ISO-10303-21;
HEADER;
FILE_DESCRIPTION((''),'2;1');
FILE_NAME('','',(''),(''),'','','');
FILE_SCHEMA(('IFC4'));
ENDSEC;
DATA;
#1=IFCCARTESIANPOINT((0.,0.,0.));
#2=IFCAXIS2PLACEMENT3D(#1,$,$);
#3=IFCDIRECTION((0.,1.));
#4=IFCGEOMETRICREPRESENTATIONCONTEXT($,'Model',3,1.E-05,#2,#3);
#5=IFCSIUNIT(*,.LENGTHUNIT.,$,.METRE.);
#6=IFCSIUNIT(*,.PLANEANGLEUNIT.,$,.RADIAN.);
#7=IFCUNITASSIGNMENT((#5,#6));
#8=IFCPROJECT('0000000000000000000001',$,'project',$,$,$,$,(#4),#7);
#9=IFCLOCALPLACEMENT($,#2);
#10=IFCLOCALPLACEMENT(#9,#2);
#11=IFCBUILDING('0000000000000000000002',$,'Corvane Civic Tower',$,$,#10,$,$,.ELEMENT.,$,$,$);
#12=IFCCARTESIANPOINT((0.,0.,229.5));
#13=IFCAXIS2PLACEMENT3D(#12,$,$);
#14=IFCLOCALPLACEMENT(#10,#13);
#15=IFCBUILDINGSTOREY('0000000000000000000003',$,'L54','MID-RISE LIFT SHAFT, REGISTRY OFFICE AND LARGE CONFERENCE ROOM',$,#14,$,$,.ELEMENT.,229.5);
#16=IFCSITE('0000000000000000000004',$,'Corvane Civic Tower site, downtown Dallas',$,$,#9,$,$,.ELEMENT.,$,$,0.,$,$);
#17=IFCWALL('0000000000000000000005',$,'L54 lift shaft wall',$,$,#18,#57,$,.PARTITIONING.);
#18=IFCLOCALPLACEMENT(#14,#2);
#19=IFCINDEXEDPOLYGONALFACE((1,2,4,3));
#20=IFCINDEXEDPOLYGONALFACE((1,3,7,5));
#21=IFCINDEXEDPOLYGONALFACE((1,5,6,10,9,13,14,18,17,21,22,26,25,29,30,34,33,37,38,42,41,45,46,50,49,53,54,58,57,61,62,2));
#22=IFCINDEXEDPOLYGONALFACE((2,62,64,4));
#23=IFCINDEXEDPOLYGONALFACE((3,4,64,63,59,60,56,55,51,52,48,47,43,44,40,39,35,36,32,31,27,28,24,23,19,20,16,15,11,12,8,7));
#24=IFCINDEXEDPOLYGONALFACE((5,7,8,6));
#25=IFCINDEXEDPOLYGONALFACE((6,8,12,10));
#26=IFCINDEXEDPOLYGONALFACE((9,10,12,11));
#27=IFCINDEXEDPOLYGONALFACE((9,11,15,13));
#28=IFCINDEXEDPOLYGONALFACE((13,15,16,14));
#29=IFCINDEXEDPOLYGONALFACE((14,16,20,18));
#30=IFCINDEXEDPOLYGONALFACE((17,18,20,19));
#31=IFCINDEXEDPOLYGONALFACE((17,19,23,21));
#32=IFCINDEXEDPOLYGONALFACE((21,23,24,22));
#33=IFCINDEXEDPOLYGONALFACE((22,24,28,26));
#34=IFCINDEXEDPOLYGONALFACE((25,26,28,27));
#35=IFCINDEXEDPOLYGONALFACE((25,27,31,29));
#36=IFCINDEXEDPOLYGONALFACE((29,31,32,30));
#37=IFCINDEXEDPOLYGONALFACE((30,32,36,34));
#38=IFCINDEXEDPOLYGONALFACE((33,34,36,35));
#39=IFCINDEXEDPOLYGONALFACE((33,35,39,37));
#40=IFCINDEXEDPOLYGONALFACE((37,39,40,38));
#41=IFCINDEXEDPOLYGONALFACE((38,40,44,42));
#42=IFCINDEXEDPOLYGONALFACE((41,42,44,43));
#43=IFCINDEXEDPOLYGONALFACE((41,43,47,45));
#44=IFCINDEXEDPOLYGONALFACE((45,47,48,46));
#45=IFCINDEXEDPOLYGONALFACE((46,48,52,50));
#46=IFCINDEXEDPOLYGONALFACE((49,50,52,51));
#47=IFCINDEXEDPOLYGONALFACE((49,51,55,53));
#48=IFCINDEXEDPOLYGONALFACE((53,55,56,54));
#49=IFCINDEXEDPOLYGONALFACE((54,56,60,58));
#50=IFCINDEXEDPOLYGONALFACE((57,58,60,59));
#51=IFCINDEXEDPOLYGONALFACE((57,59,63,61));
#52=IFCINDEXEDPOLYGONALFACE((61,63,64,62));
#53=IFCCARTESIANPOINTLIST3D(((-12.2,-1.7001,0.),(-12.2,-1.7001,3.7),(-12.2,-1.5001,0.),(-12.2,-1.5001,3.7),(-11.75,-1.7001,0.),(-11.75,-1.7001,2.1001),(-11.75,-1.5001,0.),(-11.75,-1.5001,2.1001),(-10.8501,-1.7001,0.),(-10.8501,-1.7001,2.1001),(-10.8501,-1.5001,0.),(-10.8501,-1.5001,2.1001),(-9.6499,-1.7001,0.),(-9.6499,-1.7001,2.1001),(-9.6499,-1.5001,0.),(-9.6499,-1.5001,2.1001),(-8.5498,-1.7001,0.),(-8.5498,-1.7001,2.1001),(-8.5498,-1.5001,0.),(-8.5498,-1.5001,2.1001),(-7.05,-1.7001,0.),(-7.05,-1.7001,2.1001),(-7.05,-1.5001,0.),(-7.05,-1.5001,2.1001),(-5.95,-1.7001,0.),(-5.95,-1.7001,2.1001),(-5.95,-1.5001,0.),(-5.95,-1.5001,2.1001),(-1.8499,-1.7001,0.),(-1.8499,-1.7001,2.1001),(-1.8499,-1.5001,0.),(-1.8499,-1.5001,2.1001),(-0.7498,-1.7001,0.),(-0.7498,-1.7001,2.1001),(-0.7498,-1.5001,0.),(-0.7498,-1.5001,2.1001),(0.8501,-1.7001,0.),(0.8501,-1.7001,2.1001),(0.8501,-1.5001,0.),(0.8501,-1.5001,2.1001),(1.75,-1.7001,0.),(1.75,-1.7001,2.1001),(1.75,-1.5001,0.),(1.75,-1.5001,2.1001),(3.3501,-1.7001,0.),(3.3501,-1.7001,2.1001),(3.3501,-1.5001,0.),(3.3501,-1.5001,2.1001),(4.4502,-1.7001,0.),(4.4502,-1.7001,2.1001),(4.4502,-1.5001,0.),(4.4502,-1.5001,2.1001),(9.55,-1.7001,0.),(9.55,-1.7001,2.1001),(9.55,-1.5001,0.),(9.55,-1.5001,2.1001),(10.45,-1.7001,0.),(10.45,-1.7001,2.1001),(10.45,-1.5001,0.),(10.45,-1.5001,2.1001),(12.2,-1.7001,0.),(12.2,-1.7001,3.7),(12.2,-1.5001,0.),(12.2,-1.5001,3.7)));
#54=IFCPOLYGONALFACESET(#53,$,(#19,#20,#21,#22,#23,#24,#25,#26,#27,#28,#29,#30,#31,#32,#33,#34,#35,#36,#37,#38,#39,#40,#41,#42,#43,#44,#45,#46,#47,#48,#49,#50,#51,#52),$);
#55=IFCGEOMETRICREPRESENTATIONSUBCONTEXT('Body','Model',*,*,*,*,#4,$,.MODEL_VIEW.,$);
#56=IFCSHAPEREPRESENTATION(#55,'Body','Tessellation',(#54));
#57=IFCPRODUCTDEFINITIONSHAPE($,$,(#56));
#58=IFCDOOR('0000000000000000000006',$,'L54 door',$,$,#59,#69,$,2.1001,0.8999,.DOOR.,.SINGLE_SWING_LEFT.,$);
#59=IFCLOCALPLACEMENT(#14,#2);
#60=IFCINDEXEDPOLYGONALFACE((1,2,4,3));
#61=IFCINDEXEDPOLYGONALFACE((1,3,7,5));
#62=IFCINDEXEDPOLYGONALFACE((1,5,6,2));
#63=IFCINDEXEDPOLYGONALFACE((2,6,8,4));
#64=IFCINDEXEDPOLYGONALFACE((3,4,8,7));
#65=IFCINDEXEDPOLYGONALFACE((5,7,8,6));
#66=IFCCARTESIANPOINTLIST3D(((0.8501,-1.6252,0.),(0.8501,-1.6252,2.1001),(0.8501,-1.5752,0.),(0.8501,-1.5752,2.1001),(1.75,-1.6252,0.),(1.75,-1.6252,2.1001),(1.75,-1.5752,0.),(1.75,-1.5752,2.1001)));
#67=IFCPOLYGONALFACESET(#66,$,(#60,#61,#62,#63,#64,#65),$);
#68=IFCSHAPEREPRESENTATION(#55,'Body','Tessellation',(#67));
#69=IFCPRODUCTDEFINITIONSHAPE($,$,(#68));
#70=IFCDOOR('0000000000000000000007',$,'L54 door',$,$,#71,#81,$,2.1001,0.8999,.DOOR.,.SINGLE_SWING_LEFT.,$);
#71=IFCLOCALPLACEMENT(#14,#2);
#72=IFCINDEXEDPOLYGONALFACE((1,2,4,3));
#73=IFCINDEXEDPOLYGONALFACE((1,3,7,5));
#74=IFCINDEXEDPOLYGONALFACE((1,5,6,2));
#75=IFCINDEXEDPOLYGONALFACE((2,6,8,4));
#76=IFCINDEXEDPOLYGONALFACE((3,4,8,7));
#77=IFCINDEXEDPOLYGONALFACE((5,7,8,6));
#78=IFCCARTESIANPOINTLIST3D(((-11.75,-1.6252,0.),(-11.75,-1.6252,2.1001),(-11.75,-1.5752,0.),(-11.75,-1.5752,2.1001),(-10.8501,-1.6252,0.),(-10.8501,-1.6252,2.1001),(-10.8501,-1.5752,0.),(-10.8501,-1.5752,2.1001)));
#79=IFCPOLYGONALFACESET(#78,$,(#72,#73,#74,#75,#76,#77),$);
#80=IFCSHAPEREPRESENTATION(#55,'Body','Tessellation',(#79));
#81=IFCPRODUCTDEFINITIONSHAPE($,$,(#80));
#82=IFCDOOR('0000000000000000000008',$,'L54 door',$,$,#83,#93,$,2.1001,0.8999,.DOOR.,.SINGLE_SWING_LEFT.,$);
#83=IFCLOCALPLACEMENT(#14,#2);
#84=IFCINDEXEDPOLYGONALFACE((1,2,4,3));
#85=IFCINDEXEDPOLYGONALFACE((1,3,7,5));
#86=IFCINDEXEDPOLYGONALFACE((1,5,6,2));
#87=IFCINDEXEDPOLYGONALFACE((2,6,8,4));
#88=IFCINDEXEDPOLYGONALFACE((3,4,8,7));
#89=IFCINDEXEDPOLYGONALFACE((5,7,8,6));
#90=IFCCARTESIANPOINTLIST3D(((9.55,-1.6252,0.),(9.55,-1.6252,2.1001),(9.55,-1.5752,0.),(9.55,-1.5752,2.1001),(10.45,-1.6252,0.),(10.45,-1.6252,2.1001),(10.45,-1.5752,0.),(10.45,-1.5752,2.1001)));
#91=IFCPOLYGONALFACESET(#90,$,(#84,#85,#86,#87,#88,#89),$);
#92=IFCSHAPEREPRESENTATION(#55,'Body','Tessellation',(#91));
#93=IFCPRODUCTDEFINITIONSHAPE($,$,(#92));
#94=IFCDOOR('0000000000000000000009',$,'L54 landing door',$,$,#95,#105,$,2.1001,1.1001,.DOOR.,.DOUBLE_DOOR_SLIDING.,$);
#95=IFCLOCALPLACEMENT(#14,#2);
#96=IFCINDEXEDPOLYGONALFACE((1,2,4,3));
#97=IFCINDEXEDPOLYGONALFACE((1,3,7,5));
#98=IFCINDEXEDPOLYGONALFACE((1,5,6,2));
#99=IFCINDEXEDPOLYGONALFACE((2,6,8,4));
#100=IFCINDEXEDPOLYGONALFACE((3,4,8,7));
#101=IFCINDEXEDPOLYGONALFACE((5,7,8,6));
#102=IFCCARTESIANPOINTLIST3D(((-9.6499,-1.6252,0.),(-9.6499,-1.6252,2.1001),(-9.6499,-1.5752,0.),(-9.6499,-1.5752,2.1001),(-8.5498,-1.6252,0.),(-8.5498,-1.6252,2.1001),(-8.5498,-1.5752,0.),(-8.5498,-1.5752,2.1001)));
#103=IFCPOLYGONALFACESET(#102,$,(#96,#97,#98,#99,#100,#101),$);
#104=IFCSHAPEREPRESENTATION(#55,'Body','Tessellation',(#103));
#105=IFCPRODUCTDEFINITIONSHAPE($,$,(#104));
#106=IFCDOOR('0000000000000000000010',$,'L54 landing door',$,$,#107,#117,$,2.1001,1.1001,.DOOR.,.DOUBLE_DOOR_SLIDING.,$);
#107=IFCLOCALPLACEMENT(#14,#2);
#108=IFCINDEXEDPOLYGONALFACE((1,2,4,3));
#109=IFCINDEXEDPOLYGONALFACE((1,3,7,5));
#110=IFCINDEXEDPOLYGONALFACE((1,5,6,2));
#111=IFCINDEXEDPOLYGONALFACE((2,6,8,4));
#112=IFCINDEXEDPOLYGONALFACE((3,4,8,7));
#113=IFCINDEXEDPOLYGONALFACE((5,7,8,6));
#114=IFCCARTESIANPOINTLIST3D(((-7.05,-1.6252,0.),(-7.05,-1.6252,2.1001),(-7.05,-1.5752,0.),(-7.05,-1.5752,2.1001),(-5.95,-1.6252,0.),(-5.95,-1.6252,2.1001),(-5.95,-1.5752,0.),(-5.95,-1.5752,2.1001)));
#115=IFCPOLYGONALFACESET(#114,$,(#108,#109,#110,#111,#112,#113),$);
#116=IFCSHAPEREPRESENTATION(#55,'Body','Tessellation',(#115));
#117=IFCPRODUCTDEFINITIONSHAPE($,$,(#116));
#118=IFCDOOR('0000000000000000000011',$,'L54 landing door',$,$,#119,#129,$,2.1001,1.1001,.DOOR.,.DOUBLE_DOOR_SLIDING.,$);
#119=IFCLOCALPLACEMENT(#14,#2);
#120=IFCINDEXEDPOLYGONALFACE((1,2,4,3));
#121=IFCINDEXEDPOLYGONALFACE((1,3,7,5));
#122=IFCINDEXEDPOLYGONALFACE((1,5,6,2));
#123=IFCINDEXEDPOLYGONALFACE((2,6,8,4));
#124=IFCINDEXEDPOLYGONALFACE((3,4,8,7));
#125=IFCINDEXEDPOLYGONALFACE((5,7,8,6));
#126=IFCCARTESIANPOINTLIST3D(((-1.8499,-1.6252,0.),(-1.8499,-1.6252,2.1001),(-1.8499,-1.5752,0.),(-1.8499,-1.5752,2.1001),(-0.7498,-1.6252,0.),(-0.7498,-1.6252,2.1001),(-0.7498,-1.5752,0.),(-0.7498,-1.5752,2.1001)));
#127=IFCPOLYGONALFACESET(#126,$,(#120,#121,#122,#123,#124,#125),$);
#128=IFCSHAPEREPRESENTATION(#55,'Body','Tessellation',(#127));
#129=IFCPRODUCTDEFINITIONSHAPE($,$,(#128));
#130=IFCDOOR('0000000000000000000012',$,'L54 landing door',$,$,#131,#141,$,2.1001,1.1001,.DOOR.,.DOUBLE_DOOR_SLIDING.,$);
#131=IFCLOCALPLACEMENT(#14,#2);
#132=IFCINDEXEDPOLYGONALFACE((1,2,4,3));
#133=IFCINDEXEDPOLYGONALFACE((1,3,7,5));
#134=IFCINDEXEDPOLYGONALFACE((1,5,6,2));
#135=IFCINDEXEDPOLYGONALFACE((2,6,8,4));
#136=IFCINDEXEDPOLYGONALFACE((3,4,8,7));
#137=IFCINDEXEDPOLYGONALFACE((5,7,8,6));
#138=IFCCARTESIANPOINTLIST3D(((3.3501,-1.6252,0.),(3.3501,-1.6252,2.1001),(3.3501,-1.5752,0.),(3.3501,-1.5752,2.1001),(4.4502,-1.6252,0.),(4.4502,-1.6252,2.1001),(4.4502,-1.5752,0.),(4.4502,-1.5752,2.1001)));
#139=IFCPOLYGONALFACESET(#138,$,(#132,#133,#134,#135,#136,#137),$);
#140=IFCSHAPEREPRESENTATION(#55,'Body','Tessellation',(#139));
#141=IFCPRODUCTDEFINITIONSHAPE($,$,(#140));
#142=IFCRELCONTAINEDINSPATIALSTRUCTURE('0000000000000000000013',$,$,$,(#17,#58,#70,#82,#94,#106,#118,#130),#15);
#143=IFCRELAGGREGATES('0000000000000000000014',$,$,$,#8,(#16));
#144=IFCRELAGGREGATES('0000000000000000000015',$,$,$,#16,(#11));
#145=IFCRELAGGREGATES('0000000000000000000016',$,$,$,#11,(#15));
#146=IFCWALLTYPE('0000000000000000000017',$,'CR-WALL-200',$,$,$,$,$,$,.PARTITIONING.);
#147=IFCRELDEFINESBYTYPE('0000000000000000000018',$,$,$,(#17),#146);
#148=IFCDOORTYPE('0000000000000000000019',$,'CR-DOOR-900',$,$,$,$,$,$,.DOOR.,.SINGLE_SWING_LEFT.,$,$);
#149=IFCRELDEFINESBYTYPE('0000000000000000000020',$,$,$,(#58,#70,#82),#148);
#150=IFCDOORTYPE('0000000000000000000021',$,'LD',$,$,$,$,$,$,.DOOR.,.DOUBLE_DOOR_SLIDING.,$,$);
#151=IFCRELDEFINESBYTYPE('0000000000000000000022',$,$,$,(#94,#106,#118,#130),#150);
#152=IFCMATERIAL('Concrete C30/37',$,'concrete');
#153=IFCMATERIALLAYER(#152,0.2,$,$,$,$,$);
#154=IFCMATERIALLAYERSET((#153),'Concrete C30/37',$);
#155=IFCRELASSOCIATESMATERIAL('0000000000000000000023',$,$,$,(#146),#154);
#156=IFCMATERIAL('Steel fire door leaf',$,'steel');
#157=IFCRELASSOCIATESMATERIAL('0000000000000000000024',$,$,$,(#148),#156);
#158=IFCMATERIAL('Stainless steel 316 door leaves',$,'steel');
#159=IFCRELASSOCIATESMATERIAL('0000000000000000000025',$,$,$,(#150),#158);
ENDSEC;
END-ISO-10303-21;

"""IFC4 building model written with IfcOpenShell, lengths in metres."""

from ifc_helpers import new_model, si_unit, direction, frame, frame_2d, origin, place, context, subcontext, project, spatial, rectangle, extrude, material, layer, layer_set, type_object, element, fill, save


model = new_model("IFC4")

# Units and contexts
model_context = context("Model", 3, precision=1e-05, world=origin(), true_north=direction((0.0, 1.0)))
body_context = subcontext(model_context, "Body", "Model", "MODEL_VIEW")
ifc_project = project(units=[si_unit("LENGTHUNIT", "METRE"), si_unit("PLANEANGLEUNIT", "RADIAN")], contexts=[model_context])

# Site, building, storey
site_placement = place(None, origin())
site = spatial("IfcSite", under=ifc_project, at=site_placement, Name="Corvane Civic Tower site, downtown Dallas", CompositionType="ELEMENT", RefElevation=0.0)
building_placement = place(site_placement, origin())
building = spatial("IfcBuilding", under=site, at=building_placement, Name="Corvane Civic Tower", CompositionType="ELEMENT")
storey_placement = place(building_placement, frame((0.0, 0.0, 229.5)))
storey = spatial("IfcBuildingStorey", under=building, at=storey_placement, Name="L54", Description="MID-RISE LIFT SHAFT, REGISTRY OFFICE AND LARGE CONFERENCE ROOM", CompositionType="ELEMENT", Elevation=229.5)

# Shared definitions
ifc_material_1 = material(Name="Concrete C30/37", Category="concrete")
ifc_layer_1 = layer(ifc_material_1, 0.2)
ifc_layer_set_1 = layer_set([ifc_layer_1], Name="Concrete C30/37")
wall_type_1 = type_object("IfcWallType", Name="CR-WALL-200", PredefinedType="PARTITIONING", material=ifc_layer_set_1)
ifc_material_2 = material(Name="Steel fire door leaf", Category="steel")
door_type_1 = type_object("IfcDoorType", Name="CR-DOOR-900", OperationType="SINGLE_SWING_LEFT", PredefinedType="DOOR", material=ifc_material_2)

# Wall, openings, doors
wall_1_placement = place(storey_placement, frame((-12.2, -1.6001, 0.0), z_axis=(0.0, 0.0, 1.0), x_axis=(1.0, 0.0, 0.0)))
wall_1 = element("IfcWall", 1, at=wall_1_placement, inside=storey, type_object=wall_type_1, Name="L54 lift shaft wall", PredefinedType="PARTITIONING", context=body_context, shape_type="SweptSolid", body=[
    extrude(rectangle(XDim=24.3999, YDim=0.2, at=frame_2d((12.2, 0.0))), origin(), (0.0, 0.0, 1.0), 3.7),
])
opening_1_placement = place(wall_1_placement, frame((2.55, 0.0, 0.0)))
opening_1 = element("IfcOpeningElement", 2, at=opening_1_placement, cuts=wall_1, PredefinedType="OPENING", context=body_context, shape_type="SweptSolid", body=[
    extrude(rectangle(XDim=1.1001, YDim=2.1001, at=frame_2d((0.55, 1.05))), frame((0.0, 0.1099, 0.0), z_axis=(0.0, -1.0, 0.0), x_axis=(1.0, 0.0, 0.0)), (0.0, 0.0, 1.0), 0.22),
])
opening_2_placement = place(wall_1_placement, frame((5.1499, 0.0, 0.0)))
opening_2 = element("IfcOpeningElement", 3, at=opening_2_placement, cuts=wall_1, PredefinedType="OPENING", context=body_context, shape_type="SweptSolid", body=[
    extrude(rectangle(XDim=1.1001, YDim=2.1001, at=frame_2d((0.55, 1.05))), frame((0.0, 0.1099, 0.0), z_axis=(0.0, -1.0, 0.0), x_axis=(1.0, 0.0, 0.0)), (0.0, 0.0, 1.0), 0.22),
])
opening_3_placement = place(wall_1_placement, frame((10.3501, 0.0, 0.0)))
opening_3 = element("IfcOpeningElement", 4, at=opening_3_placement, cuts=wall_1, PredefinedType="OPENING", context=body_context, shape_type="SweptSolid", body=[
    extrude(rectangle(XDim=1.1001, YDim=2.1001, at=frame_2d((0.55, 1.05))), frame((0.0, 0.1099, 0.0), z_axis=(0.0, -1.0, 0.0), x_axis=(1.0, 0.0, 0.0)), (0.0, 0.0, 1.0), 0.22),
])
opening_4_placement = place(wall_1_placement, frame((13.05, 0.0, 0.0)))
opening_4 = element("IfcOpeningElement", 5, at=opening_4_placement, cuts=wall_1, PredefinedType="OPENING", context=body_context, shape_type="SweptSolid", body=[
    extrude(rectangle(XDim=0.8999, YDim=2.1001, at=frame_2d((0.45, 1.05))), frame((0.0, 0.1099, 0.0), z_axis=(0.0, -1.0, 0.0), x_axis=(1.0, 0.0, 0.0)), (0.0, 0.0, 1.0), 0.22),
])
opening_5_placement = place(wall_1_placement, frame((15.55, 0.0, 0.0)))
opening_5 = element("IfcOpeningElement", 6, at=opening_5_placement, cuts=wall_1, PredefinedType="OPENING", context=body_context, shape_type="SweptSolid", body=[
    extrude(rectangle(XDim=1.1001, YDim=2.1001, at=frame_2d((0.55, 1.05))), frame((0.0, 0.1099, 0.0), z_axis=(0.0, -1.0, 0.0), x_axis=(1.0, 0.0, 0.0)), (0.0, 0.0, 1.0), 0.22),
])
opening_6_placement = place(wall_1_placement, frame((0.45, 0.0, 0.0)))
opening_6 = element("IfcOpeningElement", 7, at=opening_6_placement, cuts=wall_1, PredefinedType="OPENING", context=body_context, shape_type="SweptSolid", body=[
    extrude(rectangle(XDim=0.8999, YDim=2.1001, at=frame_2d((0.45, 1.05))), frame((0.0, 0.1099, 0.0), z_axis=(0.0, -1.0, 0.0), x_axis=(1.0, 0.0, 0.0)), (0.0, 0.0, 1.0), 0.22),
])
opening_7_placement = place(wall_1_placement, frame((21.75, 0.0, 0.0)))
opening_7 = element("IfcOpeningElement", 8, at=opening_7_placement, cuts=wall_1, PredefinedType="OPENING", context=body_context, shape_type="SweptSolid", body=[
    extrude(rectangle(XDim=0.8999, YDim=2.1001, at=frame_2d((0.45, 1.05))), frame((0.0, 0.1099, 0.0), z_axis=(0.0, -1.0, 0.0), x_axis=(1.0, 0.0, 0.0)), (0.0, 0.0, 1.0), 0.22),
])
door_1_placement = place(opening_4_placement, origin())
door_1 = element("IfcDoor", 9, at=door_1_placement, inside=storey, type_object=door_type_1, Name="L54 door", OperationType="SINGLE_SWING_LEFT", OverallHeight=2.1001, OverallWidth=0.8999, PredefinedType="DOOR", context=body_context, shape_type="SweptSolid", body=[
    extrude(rectangle(XDim=0.8999, YDim=2.1001, at=frame_2d((0.45, 1.05))), frame((0.0, 0.0249, 0.0), z_axis=(0.0, -1.0, 0.0), x_axis=(1.0, 0.0, 0.0)), (0.0, 0.0, 1.0), 0.05),
])
fill(opening_4, door_1)
door_2_placement = place(opening_6_placement, origin())
door_2 = element("IfcDoor", 10, at=door_2_placement, inside=storey, type_object=door_type_1, Name="L54 door", OperationType="SINGLE_SWING_LEFT", OverallHeight=2.1001, OverallWidth=0.8999, PredefinedType="DOOR", context=body_context, shape_type="SweptSolid", body=[
    extrude(rectangle(XDim=0.8999, YDim=2.1001, at=frame_2d((0.45, 1.05))), frame((0.0, 0.0249, 0.0), z_axis=(0.0, -1.0, 0.0), x_axis=(1.0, 0.0, 0.0)), (0.0, 0.0, 1.0), 0.05),
])
fill(opening_6, door_2)
door_3_placement = place(opening_7_placement, origin())
door_3 = element("IfcDoor", 11, at=door_3_placement, inside=storey, type_object=door_type_1, Name="L54 door", OperationType="SINGLE_SWING_LEFT", OverallHeight=2.1001, OverallWidth=0.8999, PredefinedType="DOOR", context=body_context, shape_type="SweptSolid", body=[
    extrude(rectangle(XDim=0.8999, YDim=2.1001, at=frame_2d((0.45, 1.05))), frame((0.0, 0.0249, 0.0), z_axis=(0.0, -1.0, 0.0), x_axis=(1.0, 0.0, 0.0)), (0.0, 0.0, 1.0), 0.05),
])
fill(opening_7, door_3)
ifc_material_3 = material(Name="Stainless steel 316 door leaves", Category="steel")
door_type_2 = type_object("IfcDoorType", Name="LD", OperationType="DOUBLE_DOOR_SLIDING", PredefinedType="DOOR", material=ifc_material_3)
door_4_placement = place(opening_1_placement, origin())
door_4 = element("IfcDoor", 12, at=door_4_placement, inside=storey, type_object=door_type_2, Name="L54 landing door", OperationType="DOUBLE_DOOR_SLIDING", OverallHeight=2.1001, OverallWidth=1.1001, PredefinedType="DOOR", context=body_context, shape_type="SweptSolid", body=[
    extrude(rectangle(XDim=1.1001, YDim=2.1001, at=frame_2d((0.55, 1.05))), frame((0.0, 0.0249, 0.0), z_axis=(0.0, -1.0, 0.0), x_axis=(1.0, 0.0, 0.0)), (0.0, 0.0, 1.0), 0.05),
])
fill(opening_1, door_4)
door_5_placement = place(opening_2_placement, origin())
door_5 = element("IfcDoor", 13, at=door_5_placement, inside=storey, type_object=door_type_2, Name="L54 landing door", OperationType="DOUBLE_DOOR_SLIDING", OverallHeight=2.1001, OverallWidth=1.1001, PredefinedType="DOOR", context=body_context, shape_type="SweptSolid", body=[
    extrude(rectangle(XDim=1.1001, YDim=2.1001, at=frame_2d((0.55, 1.05))), frame((0.0, 0.0249, 0.0), z_axis=(0.0, -1.0, 0.0), x_axis=(1.0, 0.0, 0.0)), (0.0, 0.0, 1.0), 0.05),
])
fill(opening_2, door_5)
door_6_placement = place(opening_3_placement, origin())
door_6 = element("IfcDoor", 14, at=door_6_placement, inside=storey, type_object=door_type_2, Name="L54 landing door", OperationType="DOUBLE_DOOR_SLIDING", OverallHeight=2.1001, OverallWidth=1.1001, PredefinedType="DOOR", context=body_context, shape_type="SweptSolid", body=[
    extrude(rectangle(XDim=1.1001, YDim=2.1001, at=frame_2d((0.55, 1.05))), frame((0.0, 0.0249, 0.0), z_axis=(0.0, -1.0, 0.0), x_axis=(1.0, 0.0, 0.0)), (0.0, 0.0, 1.0), 0.05),
])
fill(opening_3, door_6)
door_7_placement = place(opening_5_placement, origin())
door_7 = element("IfcDoor", 15, at=door_7_placement, inside=storey, type_object=door_type_2, Name="L54 landing door", OperationType="DOUBLE_DOOR_SLIDING", OverallHeight=2.1001, OverallWidth=1.1001, PredefinedType="DOOR", context=body_context, shape_type="SweptSolid", body=[
    extrude(rectangle(XDim=1.1001, YDim=2.1001, at=frame_2d((0.55, 1.05))), frame((0.0, 0.0249, 0.0), z_axis=(0.0, -1.0, 0.0), x_axis=(1.0, 0.0, 0.0)), (0.0, 0.0, 1.0), 0.05),
])
fill(opening_5, door_7)

save(model, "model.ifc")
